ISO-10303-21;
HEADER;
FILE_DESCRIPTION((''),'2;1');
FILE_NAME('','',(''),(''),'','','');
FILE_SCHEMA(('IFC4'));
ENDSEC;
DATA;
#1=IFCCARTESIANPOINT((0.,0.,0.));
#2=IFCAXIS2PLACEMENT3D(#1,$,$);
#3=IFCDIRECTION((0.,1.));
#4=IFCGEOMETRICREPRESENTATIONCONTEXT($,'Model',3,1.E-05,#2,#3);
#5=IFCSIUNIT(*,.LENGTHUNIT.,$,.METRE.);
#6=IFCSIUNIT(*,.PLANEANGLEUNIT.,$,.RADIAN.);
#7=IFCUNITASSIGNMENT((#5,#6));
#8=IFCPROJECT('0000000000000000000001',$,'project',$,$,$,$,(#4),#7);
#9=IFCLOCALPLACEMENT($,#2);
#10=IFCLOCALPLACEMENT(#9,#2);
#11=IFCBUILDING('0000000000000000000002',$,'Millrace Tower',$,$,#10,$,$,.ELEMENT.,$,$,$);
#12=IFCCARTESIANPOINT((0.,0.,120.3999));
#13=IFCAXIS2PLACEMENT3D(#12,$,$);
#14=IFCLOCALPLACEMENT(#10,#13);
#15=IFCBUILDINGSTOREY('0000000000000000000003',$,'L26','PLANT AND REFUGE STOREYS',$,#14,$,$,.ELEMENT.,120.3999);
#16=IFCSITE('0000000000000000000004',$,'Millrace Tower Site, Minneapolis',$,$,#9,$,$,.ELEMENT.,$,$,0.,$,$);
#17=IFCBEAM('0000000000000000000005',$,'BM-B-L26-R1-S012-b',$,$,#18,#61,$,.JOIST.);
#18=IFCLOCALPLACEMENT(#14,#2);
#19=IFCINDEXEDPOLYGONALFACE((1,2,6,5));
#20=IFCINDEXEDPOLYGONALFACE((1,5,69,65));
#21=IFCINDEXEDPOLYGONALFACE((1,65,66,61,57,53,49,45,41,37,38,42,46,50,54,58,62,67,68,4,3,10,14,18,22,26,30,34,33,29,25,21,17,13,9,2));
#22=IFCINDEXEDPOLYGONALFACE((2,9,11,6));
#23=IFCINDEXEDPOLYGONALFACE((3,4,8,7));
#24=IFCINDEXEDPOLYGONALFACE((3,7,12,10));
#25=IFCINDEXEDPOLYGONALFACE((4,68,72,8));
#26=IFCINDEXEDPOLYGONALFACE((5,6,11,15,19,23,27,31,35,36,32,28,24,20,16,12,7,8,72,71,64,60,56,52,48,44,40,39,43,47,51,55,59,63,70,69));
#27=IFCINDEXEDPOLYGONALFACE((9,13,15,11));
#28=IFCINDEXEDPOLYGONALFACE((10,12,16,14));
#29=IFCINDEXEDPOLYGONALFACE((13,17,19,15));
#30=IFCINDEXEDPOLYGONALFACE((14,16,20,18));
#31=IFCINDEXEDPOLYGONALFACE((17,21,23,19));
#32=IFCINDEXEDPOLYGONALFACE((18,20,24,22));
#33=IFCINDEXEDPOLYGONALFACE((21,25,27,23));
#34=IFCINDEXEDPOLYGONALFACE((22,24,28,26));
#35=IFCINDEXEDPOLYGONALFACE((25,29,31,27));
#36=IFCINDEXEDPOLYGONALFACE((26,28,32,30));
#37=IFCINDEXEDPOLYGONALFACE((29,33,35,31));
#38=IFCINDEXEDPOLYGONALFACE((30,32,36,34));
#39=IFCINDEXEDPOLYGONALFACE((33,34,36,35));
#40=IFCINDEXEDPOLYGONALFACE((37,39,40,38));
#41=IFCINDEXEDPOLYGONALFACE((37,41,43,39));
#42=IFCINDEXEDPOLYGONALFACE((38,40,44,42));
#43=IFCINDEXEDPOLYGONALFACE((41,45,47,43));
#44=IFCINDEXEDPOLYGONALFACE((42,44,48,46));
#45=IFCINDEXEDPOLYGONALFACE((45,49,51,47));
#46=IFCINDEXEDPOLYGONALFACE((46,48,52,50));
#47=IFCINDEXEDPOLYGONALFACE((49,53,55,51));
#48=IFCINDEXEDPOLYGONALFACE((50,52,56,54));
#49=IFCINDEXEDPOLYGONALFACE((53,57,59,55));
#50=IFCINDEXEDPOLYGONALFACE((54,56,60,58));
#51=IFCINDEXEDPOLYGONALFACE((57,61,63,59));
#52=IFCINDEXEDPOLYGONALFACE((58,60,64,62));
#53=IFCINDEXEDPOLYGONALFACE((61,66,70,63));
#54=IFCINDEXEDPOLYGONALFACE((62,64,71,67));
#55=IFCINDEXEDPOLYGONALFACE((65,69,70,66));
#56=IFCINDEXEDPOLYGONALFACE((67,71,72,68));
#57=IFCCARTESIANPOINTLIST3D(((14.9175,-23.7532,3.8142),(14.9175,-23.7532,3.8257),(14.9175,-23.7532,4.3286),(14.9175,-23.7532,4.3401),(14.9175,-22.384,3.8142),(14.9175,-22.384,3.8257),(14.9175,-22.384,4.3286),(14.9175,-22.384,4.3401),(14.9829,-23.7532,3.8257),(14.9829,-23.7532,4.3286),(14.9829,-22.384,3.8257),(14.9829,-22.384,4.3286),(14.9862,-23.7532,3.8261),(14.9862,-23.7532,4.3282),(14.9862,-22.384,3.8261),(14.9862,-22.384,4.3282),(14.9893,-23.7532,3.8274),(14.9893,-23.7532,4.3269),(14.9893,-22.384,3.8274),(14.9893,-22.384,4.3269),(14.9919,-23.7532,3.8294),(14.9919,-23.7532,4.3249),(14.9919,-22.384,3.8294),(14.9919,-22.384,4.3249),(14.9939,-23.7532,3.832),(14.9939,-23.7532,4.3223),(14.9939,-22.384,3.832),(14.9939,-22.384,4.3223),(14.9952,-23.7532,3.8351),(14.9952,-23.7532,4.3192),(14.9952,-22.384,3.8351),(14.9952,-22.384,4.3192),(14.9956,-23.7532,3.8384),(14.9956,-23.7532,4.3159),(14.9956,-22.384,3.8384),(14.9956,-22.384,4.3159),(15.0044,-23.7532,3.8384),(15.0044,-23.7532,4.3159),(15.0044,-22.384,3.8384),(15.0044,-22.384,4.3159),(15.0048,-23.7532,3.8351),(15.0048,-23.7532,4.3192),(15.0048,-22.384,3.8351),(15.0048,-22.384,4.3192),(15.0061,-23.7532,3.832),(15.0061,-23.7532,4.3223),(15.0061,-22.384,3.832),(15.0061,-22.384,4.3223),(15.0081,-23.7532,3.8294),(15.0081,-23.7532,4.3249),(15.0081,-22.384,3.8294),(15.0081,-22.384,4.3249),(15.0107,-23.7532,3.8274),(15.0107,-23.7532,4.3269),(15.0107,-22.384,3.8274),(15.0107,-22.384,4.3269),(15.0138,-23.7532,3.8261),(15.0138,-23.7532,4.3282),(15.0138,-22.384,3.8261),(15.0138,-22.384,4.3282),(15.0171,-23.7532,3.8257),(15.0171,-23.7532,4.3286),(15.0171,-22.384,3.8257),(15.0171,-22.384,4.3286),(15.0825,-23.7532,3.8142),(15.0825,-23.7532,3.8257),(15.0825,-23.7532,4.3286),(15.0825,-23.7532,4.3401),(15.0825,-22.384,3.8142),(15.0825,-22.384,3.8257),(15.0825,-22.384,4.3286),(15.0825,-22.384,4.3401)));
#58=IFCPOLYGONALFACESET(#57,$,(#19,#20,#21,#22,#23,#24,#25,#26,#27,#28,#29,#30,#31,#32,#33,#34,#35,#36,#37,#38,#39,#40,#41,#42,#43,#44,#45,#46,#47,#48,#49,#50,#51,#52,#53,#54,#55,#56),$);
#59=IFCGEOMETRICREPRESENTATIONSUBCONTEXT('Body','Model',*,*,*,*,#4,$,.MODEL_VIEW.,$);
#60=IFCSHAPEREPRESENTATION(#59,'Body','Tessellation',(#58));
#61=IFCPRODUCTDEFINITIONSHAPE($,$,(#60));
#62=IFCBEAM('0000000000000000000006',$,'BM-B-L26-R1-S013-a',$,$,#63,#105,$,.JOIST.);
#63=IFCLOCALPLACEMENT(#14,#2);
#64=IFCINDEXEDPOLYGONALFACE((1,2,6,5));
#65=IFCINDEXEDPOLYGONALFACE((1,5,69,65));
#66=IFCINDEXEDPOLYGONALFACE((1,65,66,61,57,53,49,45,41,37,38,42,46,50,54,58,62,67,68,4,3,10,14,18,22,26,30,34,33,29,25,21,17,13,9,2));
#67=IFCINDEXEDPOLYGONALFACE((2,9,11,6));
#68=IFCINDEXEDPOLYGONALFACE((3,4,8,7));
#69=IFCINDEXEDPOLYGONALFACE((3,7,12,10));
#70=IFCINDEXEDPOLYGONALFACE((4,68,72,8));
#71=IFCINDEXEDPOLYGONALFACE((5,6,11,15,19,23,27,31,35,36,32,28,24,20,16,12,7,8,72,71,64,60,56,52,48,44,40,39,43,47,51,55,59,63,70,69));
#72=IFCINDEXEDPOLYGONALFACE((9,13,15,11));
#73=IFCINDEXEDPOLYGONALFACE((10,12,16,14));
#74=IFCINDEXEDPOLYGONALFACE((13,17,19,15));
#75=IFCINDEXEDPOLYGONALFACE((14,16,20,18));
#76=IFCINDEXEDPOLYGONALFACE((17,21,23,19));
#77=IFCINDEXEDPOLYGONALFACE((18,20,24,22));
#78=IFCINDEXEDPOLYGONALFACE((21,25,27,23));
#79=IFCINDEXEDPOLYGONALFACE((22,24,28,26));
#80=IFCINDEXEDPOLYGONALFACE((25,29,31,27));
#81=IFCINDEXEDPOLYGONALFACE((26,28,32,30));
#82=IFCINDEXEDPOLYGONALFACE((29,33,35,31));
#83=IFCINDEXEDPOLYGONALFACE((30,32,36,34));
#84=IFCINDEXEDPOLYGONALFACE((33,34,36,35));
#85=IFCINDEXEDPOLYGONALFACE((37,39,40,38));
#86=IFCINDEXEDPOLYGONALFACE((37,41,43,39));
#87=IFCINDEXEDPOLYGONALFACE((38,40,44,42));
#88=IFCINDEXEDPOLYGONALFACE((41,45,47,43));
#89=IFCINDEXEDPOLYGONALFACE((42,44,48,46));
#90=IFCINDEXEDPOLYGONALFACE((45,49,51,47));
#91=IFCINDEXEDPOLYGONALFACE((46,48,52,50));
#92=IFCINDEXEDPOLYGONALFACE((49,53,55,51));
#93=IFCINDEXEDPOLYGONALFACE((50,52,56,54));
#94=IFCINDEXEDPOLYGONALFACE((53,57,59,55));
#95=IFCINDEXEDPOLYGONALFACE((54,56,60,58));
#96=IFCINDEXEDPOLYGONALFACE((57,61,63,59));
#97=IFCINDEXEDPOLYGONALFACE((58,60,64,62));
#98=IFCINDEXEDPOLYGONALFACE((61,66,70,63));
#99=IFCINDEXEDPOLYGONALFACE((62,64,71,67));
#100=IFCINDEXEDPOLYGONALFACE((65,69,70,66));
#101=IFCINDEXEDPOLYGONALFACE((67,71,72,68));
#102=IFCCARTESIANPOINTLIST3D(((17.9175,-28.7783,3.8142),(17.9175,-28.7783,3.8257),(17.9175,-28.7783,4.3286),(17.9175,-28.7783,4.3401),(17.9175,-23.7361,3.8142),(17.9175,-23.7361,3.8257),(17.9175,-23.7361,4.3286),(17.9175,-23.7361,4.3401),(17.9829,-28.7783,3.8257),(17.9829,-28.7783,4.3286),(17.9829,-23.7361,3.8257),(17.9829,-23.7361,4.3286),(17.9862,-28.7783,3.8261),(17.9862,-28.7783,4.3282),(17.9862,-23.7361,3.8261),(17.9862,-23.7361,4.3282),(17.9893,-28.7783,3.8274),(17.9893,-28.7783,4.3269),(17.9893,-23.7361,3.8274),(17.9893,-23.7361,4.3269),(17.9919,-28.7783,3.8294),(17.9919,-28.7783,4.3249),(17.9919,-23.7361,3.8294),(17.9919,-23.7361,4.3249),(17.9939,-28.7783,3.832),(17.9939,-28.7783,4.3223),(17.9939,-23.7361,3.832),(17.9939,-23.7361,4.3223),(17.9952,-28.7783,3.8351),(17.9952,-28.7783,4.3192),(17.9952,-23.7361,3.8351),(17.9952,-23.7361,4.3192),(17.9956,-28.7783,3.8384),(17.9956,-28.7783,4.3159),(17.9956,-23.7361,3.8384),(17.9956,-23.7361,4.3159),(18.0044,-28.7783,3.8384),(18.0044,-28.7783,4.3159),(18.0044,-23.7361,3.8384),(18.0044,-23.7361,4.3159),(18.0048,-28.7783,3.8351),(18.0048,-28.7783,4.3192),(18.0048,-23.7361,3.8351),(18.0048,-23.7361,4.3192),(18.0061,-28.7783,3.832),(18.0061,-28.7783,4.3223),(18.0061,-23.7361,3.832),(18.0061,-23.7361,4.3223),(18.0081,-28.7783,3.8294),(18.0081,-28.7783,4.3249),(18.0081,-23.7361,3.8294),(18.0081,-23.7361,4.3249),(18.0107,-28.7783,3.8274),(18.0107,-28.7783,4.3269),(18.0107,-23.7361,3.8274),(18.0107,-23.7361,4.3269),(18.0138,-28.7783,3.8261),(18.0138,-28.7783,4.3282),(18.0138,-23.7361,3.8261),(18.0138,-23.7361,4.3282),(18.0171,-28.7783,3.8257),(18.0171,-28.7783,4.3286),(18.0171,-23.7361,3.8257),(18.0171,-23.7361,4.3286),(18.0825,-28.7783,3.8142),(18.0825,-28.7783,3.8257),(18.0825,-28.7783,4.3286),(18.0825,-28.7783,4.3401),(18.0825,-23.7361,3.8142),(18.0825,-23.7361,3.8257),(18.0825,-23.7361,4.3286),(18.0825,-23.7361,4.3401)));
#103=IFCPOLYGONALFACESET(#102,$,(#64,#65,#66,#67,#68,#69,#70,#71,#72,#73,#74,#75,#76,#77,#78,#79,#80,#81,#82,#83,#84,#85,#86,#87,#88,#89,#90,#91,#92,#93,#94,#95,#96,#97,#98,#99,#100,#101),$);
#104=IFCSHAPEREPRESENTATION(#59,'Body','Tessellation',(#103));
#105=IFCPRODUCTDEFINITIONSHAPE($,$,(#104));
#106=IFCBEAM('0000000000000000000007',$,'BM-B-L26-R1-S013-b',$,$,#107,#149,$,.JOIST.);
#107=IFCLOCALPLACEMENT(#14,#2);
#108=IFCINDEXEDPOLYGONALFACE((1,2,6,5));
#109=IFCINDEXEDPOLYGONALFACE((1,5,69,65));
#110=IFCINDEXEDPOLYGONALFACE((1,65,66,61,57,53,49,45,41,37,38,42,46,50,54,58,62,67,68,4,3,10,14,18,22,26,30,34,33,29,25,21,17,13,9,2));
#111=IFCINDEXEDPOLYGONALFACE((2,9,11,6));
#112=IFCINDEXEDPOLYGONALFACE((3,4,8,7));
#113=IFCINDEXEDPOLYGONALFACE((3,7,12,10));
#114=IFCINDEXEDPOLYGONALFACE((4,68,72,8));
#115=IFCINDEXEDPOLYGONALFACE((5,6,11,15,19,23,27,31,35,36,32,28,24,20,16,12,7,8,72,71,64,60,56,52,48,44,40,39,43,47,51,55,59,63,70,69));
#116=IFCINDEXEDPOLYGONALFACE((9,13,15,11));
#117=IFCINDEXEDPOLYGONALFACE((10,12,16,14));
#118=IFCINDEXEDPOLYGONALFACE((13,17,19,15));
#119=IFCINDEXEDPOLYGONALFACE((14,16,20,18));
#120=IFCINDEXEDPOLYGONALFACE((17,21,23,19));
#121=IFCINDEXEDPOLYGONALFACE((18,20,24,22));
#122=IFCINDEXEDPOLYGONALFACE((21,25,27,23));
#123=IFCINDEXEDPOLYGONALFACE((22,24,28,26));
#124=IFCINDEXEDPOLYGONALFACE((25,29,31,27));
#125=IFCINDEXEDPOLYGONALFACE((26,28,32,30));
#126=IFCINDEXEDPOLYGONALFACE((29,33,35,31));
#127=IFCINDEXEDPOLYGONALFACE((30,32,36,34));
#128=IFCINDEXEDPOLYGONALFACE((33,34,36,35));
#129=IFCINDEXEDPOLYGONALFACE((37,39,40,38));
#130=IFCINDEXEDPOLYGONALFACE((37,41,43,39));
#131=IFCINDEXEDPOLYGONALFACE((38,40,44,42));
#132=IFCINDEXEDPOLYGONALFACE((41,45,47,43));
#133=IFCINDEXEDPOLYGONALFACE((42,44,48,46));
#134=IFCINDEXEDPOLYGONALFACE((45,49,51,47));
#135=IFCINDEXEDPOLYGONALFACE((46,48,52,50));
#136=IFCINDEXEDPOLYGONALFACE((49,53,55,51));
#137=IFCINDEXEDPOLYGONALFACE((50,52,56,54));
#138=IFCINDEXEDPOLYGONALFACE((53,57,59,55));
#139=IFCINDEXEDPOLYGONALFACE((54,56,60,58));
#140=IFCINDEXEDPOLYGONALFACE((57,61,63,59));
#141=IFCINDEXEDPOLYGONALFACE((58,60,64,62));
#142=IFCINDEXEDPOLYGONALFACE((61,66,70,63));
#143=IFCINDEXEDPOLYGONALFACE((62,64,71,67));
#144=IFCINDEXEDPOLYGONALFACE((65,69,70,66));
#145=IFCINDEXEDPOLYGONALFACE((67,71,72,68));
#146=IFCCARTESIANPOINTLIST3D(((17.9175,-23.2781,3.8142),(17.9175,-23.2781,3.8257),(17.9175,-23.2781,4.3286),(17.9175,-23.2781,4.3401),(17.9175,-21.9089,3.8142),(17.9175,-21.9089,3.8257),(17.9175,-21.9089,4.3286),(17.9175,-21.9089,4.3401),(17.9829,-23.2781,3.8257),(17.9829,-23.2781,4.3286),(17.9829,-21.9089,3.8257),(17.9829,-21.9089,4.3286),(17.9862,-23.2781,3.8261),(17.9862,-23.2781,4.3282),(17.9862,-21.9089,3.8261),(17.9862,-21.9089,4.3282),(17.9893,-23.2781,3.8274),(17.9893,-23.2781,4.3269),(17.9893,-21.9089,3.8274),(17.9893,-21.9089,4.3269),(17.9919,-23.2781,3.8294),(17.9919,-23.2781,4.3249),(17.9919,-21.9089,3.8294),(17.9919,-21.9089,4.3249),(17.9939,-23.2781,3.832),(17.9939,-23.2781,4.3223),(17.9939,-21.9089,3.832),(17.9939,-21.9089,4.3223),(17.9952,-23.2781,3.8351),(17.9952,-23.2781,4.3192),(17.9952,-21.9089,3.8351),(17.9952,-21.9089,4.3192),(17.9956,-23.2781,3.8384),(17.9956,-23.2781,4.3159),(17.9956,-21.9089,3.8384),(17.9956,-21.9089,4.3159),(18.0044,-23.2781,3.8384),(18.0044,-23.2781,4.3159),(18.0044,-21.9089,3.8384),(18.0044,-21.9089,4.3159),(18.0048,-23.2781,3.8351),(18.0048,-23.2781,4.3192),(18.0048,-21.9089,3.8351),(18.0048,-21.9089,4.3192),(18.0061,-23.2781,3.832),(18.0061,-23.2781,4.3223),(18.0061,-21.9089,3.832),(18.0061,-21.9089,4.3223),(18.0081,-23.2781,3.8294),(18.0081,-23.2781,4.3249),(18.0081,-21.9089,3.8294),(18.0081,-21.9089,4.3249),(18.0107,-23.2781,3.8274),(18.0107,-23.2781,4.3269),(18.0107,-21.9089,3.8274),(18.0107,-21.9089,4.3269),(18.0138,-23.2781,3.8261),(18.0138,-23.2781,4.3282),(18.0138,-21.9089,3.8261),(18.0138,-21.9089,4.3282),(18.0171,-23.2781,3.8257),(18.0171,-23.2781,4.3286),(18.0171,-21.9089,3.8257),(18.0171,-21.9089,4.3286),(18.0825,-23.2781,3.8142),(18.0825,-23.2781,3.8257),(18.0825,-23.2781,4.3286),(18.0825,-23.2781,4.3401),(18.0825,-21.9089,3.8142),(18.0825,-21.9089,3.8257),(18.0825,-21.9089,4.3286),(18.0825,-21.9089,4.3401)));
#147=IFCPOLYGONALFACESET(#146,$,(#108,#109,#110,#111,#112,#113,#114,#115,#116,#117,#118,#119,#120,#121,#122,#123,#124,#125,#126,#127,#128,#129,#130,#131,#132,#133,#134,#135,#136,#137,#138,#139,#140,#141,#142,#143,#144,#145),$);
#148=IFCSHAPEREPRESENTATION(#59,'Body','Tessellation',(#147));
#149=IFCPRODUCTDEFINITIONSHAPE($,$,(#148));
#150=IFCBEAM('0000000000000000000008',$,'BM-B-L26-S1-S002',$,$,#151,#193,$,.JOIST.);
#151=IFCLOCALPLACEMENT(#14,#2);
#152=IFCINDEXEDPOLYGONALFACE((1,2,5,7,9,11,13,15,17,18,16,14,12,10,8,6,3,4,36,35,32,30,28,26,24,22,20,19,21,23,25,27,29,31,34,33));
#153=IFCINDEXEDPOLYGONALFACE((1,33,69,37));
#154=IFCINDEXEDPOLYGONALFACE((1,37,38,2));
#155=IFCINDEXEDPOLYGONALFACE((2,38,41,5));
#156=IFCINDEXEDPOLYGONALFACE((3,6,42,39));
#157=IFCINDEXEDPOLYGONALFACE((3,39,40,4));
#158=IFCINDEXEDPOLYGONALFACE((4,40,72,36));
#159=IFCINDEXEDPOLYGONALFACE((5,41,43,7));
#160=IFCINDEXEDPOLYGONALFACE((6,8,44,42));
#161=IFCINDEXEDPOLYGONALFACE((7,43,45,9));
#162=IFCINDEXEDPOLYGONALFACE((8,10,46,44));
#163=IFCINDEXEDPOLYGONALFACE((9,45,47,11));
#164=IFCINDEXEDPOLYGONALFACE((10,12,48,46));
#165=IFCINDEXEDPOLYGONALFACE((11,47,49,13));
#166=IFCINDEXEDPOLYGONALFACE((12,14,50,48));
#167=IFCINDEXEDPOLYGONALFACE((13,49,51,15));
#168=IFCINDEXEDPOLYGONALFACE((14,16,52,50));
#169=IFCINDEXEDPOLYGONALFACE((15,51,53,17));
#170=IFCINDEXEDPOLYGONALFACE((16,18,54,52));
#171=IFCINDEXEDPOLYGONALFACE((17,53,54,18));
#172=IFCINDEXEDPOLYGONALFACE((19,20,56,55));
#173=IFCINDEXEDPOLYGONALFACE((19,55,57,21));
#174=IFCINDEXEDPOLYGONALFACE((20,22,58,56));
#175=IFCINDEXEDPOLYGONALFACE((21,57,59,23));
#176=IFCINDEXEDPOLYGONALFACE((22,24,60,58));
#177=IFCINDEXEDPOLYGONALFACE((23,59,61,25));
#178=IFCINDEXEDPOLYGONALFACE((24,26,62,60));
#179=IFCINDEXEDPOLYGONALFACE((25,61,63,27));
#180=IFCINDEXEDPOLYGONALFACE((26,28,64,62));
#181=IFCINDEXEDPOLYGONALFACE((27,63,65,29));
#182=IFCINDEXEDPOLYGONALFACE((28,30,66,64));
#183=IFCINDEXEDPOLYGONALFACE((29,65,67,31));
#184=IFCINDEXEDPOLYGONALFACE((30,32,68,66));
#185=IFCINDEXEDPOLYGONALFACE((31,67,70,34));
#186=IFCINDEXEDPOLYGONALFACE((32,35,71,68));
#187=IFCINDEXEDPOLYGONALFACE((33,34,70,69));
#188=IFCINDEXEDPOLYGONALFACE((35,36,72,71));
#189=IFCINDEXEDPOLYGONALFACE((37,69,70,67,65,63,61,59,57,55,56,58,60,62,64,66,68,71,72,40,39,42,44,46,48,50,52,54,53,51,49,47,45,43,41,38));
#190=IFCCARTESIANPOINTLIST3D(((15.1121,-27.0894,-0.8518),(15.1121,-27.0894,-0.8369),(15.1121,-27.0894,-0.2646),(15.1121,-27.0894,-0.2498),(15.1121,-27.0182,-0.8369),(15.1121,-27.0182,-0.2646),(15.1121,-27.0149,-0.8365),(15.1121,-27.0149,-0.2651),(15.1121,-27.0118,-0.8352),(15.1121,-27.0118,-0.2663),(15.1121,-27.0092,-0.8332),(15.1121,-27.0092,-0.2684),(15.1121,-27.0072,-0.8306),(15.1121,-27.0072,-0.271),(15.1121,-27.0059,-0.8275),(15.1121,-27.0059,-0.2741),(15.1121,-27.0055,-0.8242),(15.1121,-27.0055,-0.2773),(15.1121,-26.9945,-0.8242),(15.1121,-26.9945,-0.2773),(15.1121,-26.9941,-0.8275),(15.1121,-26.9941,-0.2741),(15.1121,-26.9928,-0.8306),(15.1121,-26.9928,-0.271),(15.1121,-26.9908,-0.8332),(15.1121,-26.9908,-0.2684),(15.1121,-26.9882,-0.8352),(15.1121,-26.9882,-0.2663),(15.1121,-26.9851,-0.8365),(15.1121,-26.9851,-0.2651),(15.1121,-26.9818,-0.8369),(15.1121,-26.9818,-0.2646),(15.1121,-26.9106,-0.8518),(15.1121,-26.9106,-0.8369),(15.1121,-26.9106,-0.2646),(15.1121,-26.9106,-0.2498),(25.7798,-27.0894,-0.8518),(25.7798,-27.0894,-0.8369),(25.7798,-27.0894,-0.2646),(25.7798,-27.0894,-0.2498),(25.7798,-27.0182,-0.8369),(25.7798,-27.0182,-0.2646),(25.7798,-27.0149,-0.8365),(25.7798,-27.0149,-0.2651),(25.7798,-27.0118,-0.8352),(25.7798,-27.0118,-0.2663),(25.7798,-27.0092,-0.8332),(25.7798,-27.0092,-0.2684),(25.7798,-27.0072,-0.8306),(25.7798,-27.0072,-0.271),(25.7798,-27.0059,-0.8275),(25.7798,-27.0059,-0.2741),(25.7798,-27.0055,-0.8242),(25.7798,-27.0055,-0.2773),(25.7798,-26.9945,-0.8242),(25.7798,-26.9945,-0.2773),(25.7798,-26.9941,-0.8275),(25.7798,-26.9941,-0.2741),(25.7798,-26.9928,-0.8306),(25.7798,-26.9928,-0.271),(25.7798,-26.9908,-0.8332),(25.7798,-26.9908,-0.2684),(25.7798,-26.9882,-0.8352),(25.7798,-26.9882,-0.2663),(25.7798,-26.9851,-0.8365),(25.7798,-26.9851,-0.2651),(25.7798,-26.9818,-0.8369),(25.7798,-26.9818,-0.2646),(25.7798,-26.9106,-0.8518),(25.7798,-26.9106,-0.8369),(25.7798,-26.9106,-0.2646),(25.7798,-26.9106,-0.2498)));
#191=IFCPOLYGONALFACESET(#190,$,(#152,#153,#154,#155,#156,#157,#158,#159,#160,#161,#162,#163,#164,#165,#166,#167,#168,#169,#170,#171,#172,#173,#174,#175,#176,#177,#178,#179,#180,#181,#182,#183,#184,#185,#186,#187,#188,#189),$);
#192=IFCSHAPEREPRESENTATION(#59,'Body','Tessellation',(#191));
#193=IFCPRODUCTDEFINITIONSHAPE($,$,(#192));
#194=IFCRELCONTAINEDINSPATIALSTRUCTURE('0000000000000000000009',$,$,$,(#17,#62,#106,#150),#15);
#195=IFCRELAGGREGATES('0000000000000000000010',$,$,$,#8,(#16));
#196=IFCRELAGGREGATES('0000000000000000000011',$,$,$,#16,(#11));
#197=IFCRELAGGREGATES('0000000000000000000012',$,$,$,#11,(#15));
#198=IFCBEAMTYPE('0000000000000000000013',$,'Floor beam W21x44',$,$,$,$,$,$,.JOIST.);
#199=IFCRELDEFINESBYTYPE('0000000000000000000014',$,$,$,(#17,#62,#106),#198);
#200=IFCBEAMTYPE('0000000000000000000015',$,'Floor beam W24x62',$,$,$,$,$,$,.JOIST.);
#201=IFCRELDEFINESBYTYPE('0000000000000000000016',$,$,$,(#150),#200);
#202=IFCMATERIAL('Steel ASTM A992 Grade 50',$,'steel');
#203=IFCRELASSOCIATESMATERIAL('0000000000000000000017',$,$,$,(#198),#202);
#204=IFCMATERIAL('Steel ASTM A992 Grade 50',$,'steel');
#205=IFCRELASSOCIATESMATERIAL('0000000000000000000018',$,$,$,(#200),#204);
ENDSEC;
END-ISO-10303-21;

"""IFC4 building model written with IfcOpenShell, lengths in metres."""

from ifc_helpers import new_model, si_unit, direction, frame, origin, origin_2d, place, context, subcontext, project, spatial, i_section, extrude, material, material_profile, profile_set, type_object, element, save


model = new_model("IFC4")

# Units and contexts
model_context = context("Model", 3, precision=1e-05, world=origin(), true_north=direction((0.0, 1.0)))
body_context = subcontext(model_context, "Body", "Model", "MODEL_VIEW")
ifc_project = project(units=[si_unit("LENGTHUNIT", "METRE"), si_unit("PLANEANGLEUNIT", "RADIAN")], contexts=[model_context])

# Site, building, storey
site_placement = place(None, origin())
site = spatial("IfcSite", under=ifc_project, at=site_placement, Name="Millrace Tower Site, Minneapolis", CompositionType="ELEMENT", RefElevation=0.0)
building_placement = place(site_placement, origin())
building = spatial("IfcBuilding", under=site, at=building_placement, Name="Millrace Tower", CompositionType="ELEMENT")
storey_placement = place(building_placement, frame((0.0, 0.0, 120.3999)))
storey = spatial("IfcBuildingStorey", under=building, at=storey_placement, Name="L26", Description="PLANT AND REFUGE STOREYS", CompositionType="ELEMENT", Elevation=120.3999)

# Beams
ifc_material_1 = material(Name="Steel ASTM A992 Grade 50", Category="steel")
ifc_material_profile_1 = material_profile(ifc_material_1, i_section(OverallWidth=0.165, OverallDepth=0.5259, WebThickness=0.0088, FlangeThickness=0.0115, FilletRadius=0.0127, at=origin_2d()))
ifc_profile_set_1 = profile_set([ifc_material_profile_1], Name="Steel ASTM A992 Grade 50")
beam_type_1 = type_object("IfcBeamType", Name="Floor beam W21x44", PredefinedType="JOIST", material=ifc_profile_set_1)
beam_1_placement = place(storey_placement, frame((15.0, -23.7532, 4.0771), z_axis=(0.0, 1.0, 0.0), x_axis=(-1.0, 0.0, 0.0)))
element("IfcBeam", 1, at=beam_1_placement, inside=storey, type_object=beam_type_1, Name="BM-B-L26-R1-S012-b", PredefinedType="JOIST", context=body_context, shape_type="SweptSolid", body=[
    extrude(i_section(OverallWidth=0.165, OverallDepth=0.5259, WebThickness=0.0088, FlangeThickness=0.0115, FilletRadius=0.0127, at=origin_2d()), origin(), (0.0, 0.0, 1.0), 1.3691),
])
beam_2_placement = place(storey_placement, frame((18.0, -28.7783, 4.0771), z_axis=(0.0, 1.0, 0.0), x_axis=(-1.0, 0.0, 0.0)))
element("IfcBeam", 2, at=beam_2_placement, inside=storey, type_object=beam_type_1, Name="BM-B-L26-R1-S013-a", PredefinedType="JOIST", context=body_context, shape_type="SweptSolid", body=[
    extrude(i_section(OverallWidth=0.165, OverallDepth=0.5259, WebThickness=0.0088, FlangeThickness=0.0115, FilletRadius=0.0127, at=origin_2d()), origin(), (0.0, 0.0, 1.0), 5.0422),
])
beam_3_placement = place(storey_placement, frame((18.0, -23.2781, 4.0771), z_axis=(0.0, 1.0, 0.0), x_axis=(-1.0, 0.0, 0.0)))
element("IfcBeam", 3, at=beam_3_placement, inside=storey, type_object=beam_type_1, Name="BM-B-L26-R1-S013-b", PredefinedType="JOIST", context=body_context, shape_type="SweptSolid", body=[
    extrude(i_section(OverallWidth=0.165, OverallDepth=0.5259, WebThickness=0.0088, FlangeThickness=0.0115, FilletRadius=0.0127, at=origin_2d()), origin(), (0.0, 0.0, 1.0), 1.3691),
])
ifc_material_2 = material(Name="Steel ASTM A992 Grade 50", Category="steel")
ifc_material_profile_2 = material_profile(ifc_material_2, i_section(OverallWidth=0.1787, OverallDepth=0.6021, WebThickness=0.011, FlangeThickness=0.0149, FilletRadius=0.0127, at=origin_2d()))
ifc_profile_set_2 = profile_set([ifc_material_profile_2], Name="Steel ASTM A992 Grade 50")
beam_type_2 = type_object("IfcBeamType", Name="Floor beam W24x62", PredefinedType="JOIST", material=ifc_profile_set_2)
beam_4_placement = place(storey_placement, frame((15.1121, -27.0, -0.5508), z_axis=(1.0, 0.0, 0.0), x_axis=(0.0, 1.0, 0.0)))
element("IfcBeam", 4, at=beam_4_placement, inside=storey, type_object=beam_type_2, Name="BM-B-L26-S1-S002", PredefinedType="JOIST", context=body_context, shape_type="SweptSolid", body=[
    extrude(i_section(OverallWidth=0.1787, OverallDepth=0.6021, WebThickness=0.011, FlangeThickness=0.0149, FilletRadius=0.0127, at=origin_2d()), origin(), (0.0, 0.0, 1.0), 10.6677),
])

save(model, "model.ifc")
